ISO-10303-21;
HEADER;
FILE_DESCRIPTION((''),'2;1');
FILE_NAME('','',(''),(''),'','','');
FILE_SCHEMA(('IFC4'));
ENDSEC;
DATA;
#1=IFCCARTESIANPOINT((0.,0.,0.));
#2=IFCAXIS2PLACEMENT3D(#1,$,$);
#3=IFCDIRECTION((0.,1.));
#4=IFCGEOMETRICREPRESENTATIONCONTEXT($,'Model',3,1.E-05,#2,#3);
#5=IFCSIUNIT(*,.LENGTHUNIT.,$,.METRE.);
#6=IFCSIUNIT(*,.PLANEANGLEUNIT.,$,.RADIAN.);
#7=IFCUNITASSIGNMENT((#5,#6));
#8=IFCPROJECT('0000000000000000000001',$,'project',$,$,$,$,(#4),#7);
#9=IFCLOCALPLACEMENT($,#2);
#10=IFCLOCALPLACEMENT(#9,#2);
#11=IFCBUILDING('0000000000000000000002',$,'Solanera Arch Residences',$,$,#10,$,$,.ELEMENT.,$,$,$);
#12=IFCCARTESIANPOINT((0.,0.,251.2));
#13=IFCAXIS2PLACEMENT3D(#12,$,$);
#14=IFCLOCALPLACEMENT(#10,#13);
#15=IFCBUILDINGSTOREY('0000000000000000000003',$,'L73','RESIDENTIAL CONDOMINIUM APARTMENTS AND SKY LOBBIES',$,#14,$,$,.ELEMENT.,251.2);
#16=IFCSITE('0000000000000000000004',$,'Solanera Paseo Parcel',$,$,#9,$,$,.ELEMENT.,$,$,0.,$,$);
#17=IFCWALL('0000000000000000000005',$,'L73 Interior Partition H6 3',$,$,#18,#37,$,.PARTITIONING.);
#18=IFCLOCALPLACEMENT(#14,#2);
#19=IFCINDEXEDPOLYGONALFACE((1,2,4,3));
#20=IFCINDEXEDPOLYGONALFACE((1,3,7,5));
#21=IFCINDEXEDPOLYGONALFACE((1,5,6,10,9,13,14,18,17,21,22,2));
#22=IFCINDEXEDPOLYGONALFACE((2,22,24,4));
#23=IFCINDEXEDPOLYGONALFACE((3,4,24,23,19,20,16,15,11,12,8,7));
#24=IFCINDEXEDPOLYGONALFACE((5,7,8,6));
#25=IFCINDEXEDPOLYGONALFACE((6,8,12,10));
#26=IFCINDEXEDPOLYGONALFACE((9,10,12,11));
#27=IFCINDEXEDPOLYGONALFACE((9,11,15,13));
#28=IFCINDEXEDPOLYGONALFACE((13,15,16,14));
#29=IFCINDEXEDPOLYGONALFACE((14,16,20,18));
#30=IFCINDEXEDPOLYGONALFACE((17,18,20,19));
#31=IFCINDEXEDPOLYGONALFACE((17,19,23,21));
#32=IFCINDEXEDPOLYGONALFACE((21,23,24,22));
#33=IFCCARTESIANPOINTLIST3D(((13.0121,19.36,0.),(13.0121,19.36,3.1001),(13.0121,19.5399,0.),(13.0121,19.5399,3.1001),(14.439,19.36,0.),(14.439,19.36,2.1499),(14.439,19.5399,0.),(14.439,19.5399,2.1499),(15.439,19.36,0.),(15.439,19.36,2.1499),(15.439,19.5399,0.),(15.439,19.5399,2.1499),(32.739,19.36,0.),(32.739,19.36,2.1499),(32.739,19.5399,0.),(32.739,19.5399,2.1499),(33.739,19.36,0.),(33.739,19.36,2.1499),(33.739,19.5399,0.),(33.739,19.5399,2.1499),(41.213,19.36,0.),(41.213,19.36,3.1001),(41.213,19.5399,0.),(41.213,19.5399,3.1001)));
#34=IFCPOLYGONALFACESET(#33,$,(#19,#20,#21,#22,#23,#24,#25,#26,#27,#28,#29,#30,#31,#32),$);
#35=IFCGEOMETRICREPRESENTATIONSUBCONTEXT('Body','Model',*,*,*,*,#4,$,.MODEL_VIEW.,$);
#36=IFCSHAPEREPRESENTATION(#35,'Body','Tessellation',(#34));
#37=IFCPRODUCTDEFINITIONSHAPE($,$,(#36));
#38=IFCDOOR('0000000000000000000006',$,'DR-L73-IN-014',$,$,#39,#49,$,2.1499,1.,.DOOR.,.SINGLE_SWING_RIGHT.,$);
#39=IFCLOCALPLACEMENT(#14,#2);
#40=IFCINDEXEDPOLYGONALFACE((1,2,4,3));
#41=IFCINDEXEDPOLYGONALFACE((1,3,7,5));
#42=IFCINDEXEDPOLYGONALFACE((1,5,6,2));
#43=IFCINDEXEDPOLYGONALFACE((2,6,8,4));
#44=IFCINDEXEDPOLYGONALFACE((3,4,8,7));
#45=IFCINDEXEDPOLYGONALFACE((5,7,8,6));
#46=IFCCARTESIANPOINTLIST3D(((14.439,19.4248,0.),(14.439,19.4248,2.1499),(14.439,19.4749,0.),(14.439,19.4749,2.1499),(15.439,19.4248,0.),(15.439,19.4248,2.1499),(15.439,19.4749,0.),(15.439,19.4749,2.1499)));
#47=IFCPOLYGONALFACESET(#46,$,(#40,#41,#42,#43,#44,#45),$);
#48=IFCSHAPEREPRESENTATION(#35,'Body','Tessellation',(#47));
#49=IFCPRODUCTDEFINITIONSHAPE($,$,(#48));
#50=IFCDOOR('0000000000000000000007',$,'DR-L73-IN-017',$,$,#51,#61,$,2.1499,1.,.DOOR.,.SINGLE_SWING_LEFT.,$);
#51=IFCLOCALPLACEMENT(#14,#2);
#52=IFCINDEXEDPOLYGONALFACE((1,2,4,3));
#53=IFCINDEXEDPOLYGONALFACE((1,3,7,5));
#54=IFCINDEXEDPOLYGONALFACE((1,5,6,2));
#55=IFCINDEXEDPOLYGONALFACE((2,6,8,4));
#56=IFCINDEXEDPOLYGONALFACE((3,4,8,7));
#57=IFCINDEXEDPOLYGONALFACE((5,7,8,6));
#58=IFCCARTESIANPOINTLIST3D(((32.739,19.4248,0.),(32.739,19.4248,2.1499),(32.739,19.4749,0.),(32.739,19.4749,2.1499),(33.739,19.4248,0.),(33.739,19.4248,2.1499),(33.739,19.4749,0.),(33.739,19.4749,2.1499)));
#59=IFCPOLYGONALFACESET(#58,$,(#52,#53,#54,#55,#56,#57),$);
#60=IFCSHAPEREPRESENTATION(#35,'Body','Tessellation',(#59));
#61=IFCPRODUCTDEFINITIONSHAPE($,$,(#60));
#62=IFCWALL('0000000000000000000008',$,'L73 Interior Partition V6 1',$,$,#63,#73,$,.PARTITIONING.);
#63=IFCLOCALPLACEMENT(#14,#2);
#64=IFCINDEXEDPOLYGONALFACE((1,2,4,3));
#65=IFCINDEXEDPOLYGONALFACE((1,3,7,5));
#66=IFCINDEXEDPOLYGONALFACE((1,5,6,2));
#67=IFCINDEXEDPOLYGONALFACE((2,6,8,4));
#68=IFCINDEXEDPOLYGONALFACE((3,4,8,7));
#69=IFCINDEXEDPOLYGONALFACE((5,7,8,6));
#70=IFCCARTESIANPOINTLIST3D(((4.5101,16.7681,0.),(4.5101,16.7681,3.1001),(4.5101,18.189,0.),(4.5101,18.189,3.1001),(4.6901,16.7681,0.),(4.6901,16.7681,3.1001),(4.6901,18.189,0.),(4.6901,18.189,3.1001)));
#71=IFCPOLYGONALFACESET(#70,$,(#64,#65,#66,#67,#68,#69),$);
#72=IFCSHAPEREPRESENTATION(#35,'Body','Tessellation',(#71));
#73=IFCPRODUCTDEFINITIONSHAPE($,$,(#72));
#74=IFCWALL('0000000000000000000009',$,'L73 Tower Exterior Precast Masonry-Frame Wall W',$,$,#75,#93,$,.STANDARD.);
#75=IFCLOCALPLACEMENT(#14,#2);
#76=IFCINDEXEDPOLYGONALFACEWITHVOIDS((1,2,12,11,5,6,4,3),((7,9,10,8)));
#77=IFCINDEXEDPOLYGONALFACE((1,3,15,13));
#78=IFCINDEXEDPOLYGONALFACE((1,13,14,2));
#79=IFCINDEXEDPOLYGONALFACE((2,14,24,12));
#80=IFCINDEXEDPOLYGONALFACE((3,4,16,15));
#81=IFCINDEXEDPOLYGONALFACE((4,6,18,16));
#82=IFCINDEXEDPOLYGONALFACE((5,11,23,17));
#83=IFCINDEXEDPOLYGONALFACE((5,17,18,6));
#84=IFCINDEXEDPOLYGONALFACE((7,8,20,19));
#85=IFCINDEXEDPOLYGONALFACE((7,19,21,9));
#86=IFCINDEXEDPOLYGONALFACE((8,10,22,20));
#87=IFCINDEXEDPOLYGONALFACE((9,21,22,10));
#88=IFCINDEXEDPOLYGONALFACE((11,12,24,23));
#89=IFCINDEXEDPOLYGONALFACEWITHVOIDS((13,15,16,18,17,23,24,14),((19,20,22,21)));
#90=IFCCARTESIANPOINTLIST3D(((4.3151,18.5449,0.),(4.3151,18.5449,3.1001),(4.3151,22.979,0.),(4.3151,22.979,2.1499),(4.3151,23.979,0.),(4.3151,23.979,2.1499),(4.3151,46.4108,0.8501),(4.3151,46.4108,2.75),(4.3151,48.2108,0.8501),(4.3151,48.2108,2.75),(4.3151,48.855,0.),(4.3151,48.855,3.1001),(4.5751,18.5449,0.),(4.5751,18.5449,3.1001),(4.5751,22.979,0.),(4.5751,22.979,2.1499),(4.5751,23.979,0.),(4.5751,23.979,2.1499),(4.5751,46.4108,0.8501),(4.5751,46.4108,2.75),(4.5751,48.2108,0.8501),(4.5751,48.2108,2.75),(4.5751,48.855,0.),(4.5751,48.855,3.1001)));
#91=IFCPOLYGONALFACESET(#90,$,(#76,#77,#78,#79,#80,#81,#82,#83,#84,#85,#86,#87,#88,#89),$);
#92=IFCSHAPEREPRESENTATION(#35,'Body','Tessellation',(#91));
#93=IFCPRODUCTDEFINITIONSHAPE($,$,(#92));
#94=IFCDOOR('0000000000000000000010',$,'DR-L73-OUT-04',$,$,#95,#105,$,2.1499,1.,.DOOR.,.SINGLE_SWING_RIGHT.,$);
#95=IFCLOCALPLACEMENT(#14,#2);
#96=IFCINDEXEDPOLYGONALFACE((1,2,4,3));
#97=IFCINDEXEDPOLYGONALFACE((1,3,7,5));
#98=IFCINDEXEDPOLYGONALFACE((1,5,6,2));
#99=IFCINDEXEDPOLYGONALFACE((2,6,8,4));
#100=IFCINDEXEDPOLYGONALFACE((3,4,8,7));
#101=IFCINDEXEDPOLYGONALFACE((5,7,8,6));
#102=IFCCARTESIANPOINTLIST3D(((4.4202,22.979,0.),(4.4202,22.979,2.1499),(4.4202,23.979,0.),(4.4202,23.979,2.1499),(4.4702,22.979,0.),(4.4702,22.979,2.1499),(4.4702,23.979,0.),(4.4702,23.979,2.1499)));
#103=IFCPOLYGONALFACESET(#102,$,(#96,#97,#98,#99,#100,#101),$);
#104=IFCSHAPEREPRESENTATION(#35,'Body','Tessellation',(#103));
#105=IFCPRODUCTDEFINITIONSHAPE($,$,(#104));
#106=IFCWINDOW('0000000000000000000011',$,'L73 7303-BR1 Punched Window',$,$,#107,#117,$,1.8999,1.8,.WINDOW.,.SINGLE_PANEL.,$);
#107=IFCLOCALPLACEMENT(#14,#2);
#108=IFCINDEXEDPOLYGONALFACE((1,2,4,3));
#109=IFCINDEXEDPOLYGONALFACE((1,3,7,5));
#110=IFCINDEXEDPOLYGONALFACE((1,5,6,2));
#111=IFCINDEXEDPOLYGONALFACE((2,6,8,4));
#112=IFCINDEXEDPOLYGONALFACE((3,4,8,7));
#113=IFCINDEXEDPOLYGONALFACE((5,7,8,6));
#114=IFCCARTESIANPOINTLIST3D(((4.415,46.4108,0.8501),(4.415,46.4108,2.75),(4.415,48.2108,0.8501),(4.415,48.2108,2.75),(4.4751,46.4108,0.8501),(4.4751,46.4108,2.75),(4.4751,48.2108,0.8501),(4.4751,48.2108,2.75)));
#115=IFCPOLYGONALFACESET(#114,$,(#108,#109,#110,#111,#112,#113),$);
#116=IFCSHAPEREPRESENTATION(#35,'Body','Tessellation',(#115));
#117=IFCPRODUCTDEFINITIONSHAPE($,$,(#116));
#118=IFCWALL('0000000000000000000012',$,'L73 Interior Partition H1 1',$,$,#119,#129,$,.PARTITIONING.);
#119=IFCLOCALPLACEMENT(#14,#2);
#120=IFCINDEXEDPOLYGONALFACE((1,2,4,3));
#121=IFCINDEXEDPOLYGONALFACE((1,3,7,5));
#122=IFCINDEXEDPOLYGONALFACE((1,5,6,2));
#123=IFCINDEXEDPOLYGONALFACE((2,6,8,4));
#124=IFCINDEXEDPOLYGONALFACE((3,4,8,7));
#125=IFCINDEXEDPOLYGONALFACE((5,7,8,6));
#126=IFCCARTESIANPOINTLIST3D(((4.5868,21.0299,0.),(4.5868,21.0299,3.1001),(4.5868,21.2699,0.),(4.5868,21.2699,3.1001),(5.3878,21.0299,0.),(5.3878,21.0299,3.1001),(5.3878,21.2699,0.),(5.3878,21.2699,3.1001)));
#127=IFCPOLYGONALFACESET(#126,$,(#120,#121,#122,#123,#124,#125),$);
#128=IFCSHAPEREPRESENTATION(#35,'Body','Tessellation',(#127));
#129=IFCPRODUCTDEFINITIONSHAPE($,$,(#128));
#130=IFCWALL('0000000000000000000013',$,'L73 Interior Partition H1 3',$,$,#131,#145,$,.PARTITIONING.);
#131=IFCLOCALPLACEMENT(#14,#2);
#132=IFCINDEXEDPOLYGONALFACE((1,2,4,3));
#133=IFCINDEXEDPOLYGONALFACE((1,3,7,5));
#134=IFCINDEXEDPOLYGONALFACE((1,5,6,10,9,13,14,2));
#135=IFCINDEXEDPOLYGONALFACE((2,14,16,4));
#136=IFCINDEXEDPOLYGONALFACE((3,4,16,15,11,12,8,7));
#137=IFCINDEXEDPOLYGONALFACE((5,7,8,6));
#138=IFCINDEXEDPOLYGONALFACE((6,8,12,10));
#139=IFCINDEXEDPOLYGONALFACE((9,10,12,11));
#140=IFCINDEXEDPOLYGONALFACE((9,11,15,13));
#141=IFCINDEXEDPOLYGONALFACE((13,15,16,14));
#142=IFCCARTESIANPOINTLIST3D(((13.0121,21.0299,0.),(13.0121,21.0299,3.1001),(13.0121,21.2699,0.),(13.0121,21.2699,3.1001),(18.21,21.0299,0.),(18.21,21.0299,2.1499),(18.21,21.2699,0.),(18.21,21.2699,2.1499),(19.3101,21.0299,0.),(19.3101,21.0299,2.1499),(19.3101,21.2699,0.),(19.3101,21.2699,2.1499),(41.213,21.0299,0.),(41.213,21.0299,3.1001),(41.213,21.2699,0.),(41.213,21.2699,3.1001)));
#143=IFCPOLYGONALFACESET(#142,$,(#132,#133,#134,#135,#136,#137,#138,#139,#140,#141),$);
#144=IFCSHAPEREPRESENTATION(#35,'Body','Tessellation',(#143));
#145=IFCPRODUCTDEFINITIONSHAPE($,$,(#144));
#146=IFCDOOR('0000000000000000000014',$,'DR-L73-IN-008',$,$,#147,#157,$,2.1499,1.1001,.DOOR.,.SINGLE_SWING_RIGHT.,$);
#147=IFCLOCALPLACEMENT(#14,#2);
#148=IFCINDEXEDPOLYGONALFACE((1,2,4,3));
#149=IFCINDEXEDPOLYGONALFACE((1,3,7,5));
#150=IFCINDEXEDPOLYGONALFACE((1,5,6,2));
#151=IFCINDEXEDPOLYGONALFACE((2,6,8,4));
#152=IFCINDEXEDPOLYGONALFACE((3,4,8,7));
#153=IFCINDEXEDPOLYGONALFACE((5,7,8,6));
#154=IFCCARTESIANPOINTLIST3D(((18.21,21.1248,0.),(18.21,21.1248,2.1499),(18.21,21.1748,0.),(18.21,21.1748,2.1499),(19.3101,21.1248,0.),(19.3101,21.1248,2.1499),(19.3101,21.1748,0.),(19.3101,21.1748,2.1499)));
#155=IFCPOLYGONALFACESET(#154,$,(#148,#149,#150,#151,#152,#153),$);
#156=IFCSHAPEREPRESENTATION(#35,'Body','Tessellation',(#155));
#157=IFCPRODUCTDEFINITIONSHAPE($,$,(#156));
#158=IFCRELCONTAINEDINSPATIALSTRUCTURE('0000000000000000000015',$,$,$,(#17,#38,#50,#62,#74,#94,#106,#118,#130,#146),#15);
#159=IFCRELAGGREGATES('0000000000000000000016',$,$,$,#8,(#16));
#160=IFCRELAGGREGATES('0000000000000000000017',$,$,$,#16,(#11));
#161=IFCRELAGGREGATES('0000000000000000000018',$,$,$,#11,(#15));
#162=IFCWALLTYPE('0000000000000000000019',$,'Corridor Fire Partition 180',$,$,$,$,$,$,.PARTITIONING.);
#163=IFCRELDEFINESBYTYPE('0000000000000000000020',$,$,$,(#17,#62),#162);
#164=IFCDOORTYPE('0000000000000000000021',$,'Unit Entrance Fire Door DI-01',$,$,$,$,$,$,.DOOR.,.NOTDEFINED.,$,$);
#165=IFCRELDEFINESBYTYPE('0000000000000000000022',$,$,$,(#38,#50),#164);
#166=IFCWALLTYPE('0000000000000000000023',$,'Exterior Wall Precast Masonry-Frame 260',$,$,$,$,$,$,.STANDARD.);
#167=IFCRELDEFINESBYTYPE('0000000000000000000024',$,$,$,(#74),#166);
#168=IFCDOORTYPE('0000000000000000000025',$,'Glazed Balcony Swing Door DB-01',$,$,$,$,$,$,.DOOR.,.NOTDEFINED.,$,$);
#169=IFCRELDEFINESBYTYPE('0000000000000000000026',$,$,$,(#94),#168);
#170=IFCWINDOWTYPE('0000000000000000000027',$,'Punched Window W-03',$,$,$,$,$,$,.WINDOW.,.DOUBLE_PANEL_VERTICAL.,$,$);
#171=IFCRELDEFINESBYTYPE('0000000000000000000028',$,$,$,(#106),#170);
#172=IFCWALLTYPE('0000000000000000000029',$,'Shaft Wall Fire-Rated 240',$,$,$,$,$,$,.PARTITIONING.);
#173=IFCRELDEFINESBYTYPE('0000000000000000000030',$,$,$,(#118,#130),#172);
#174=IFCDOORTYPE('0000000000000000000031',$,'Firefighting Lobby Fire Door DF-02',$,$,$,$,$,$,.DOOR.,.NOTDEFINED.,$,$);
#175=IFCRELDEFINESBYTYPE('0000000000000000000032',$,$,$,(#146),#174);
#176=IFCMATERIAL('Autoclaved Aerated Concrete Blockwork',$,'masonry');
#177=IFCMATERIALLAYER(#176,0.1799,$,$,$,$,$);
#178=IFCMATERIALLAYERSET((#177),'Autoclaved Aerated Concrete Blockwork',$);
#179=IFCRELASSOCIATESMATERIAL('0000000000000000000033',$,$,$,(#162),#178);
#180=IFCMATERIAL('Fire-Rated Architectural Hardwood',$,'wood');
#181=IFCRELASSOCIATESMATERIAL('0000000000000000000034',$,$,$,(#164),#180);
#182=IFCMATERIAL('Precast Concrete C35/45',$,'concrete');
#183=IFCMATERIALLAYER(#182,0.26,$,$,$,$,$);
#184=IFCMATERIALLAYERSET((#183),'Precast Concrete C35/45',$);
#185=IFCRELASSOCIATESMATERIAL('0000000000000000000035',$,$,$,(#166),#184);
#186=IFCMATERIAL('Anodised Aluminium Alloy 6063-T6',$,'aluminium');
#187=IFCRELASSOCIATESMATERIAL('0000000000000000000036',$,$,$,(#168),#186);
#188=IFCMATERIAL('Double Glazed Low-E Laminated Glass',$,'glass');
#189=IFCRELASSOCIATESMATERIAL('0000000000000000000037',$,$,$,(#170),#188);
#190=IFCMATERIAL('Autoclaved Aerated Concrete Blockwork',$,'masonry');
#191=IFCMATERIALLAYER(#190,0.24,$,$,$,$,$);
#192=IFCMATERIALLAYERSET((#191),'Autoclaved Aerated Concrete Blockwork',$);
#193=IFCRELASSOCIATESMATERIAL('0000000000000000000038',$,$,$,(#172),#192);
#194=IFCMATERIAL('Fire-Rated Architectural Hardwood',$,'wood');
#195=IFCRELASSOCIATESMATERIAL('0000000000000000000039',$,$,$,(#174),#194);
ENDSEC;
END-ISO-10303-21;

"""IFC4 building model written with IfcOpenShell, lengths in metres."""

from ifc_helpers import new_model, si_unit, direction, frame, frame_2d, origin, place, context, subcontext, project, spatial, rectangle, extrude, material, layer, layer_set, type_object, element, fill, save


model = new_model("IFC4")

# Units and contexts
model_context = context("Model", 3, precision=1e-05, world=origin(), true_north=direction((0.0, 1.0)))
body_context = subcontext(model_context, "Body", "Model", "MODEL_VIEW")
ifc_project = project(units=[si_unit("LENGTHUNIT", "METRE"), si_unit("PLANEANGLEUNIT", "RADIAN")], contexts=[model_context])

# Site, building, storey
site_placement = place(None, origin())
site = spatial("IfcSite", under=ifc_project, at=site_placement, Name="Solanera Paseo Parcel", CompositionType="ELEMENT", RefElevation=0.0)
building_placement = place(site_placement, origin())
building = spatial("IfcBuilding", under=site, at=building_placement, Name="Solanera Arch Residences", CompositionType="ELEMENT")
storey_placement = place(building_placement, frame((0.0, 0.0, 251.2)))
storey = spatial("IfcBuildingStorey", under=building, at=storey_placement, Name="L73", Description="RESIDENTIAL CONDOMINIUM APARTMENTS AND SKY LOBBIES", CompositionType="ELEMENT", Elevation=251.2)

# Shared definitions
ifc_material_1 = material(Name="Autoclaved Aerated Concrete Blockwork", Category="masonry")
ifc_layer_1 = layer(ifc_material_1, 0.1799)
ifc_layer_set_1 = layer_set([ifc_layer_1], Name="Autoclaved Aerated Concrete Blockwork")
wall_type_1 = type_object("IfcWallType", Name="Corridor Fire Partition 180", PredefinedType="PARTITIONING", material=ifc_layer_set_1)

# Wall, openings, doors
wall_1_placement = place(storey_placement, frame((13.012, 19.45, 0.0), z_axis=(0.0, 0.0, 1.0), x_axis=(1.0, 0.0, 0.0)))
wall_1 = element("IfcWall", 1, at=wall_1_placement, inside=storey, type_object=wall_type_1, Name="L73 Interior Partition H6 3", PredefinedType="PARTITIONING", context=body_context, shape_type="SweptSolid", body=[
    extrude(rectangle(XDim=28.2009, YDim=0.1799, at=frame_2d((14.1006, 0.0))), origin(), (0.0, 0.0, 1.0), 3.1001),
])
opening_1_placement = place(wall_1_placement, frame((1.427, 0.0, 0.0)))
opening_1 = element("IfcOpeningElement", 2, at=opening_1_placement, cuts=wall_1, PredefinedType="OPENING", context=body_context, shape_type="SweptSolid", body=[
    extrude(rectangle(XDim=1.0, YDim=2.1499, at=frame_2d((0.5, 1.075))), frame((0.0, 0.1001, 0.0), z_axis=(0.0, -1.0, 0.0), x_axis=(1.0, 0.0, 0.0)), (0.0, 0.0, 1.0), 0.1999),
])
opening_2_placement = place(wall_1_placement, frame((19.7271, 0.0, 0.0)))
opening_2 = element("IfcOpeningElement", 3, at=opening_2_placement, cuts=wall_1, PredefinedType="OPENING", context=body_context, shape_type="SweptSolid", body=[
    extrude(rectangle(XDim=1.0, YDim=2.1499, at=frame_2d((0.5, 1.075))), frame((0.0, 0.1001, 0.0), z_axis=(0.0, -1.0, 0.0), x_axis=(1.0, 0.0, 0.0)), (0.0, 0.0, 1.0), 0.1999),
])
ifc_material_2 = material(Name="Fire-Rated Architectural Hardwood", Category="wood")
door_type_1 = type_object("IfcDoorType", Name="Unit Entrance Fire Door DI-01", OperationType="NOTDEFINED", PredefinedType="DOOR", material=ifc_material_2)
door_1_placement = place(opening_1_placement, origin())
door_1 = element("IfcDoor", 4, at=door_1_placement, inside=storey, type_object=door_type_1, Name="DR-L73-IN-014", OperationType="SINGLE_SWING_RIGHT", OverallHeight=2.1499, OverallWidth=1.0, PredefinedType="DOOR", context=body_context, shape_type="SweptSolid", body=[
    extrude(rectangle(XDim=1.0, YDim=2.1499, at=frame_2d((0.5, 1.075))), frame((0.0, 0.0249, 0.0), z_axis=(0.0, -1.0, 0.0), x_axis=(1.0, 0.0, 0.0)), (0.0, 0.0, 1.0), 0.05),
])
fill(opening_1, door_1)
door_2_placement = place(opening_2_placement, origin())
door_2 = element("IfcDoor", 5, at=door_2_placement, inside=storey, type_object=door_type_1, Name="DR-L73-IN-017", OperationType="SINGLE_SWING_LEFT", OverallHeight=2.1499, OverallWidth=1.0, PredefinedType="DOOR", context=body_context, shape_type="SweptSolid", body=[
    extrude(rectangle(XDim=1.0, YDim=2.1499, at=frame_2d((0.5, 1.075))), frame((0.0, 0.0249, 0.0), z_axis=(0.0, -1.0, 0.0), x_axis=(1.0, 0.0, 0.0)), (0.0, 0.0, 1.0), 0.05),
])
fill(opening_2, door_2)

# Wall
wall_2_placement = place(storey_placement, frame((4.6001, 16.7681, 0.0), z_axis=(0.0, 0.0, 1.0), x_axis=(0.0, 1.0, 0.0)))
element("IfcWall", 6, at=wall_2_placement, inside=storey, type_object=wall_type_1, Name="L73 Interior Partition V6 1", PredefinedType="PARTITIONING", context=body_context, shape_type="SweptSolid", body=[
    extrude(rectangle(XDim=1.4209, YDim=0.1799, at=frame_2d((0.7104, 0.0))), origin(), (0.0, 0.0, 1.0), 3.1001),
])

# Wall, openings, door, window
ifc_material_3 = material(Name="Precast Concrete C35/45", Category="concrete")
ifc_layer_2 = layer(ifc_material_3, 0.26)
ifc_layer_set_2 = layer_set([ifc_layer_2], Name="Precast Concrete C35/45")
wall_type_2 = type_object("IfcWallType", Name="Exterior Wall Precast Masonry-Frame 260", PredefinedType="STANDARD", material=ifc_layer_set_2)
wall_3_placement = place(storey_placement, frame((4.4451, 18.5449, 0.0), z_axis=(0.0, 0.0, 1.0), x_axis=(0.0, 1.0, 0.0)))
wall_3 = element("IfcWall", 7, at=wall_3_placement, inside=storey, type_object=wall_type_2, Name="L73 Tower Exterior Precast Masonry-Frame Wall W", PredefinedType="STANDARD", context=body_context, shape_type="SweptSolid", body=[
    extrude(rectangle(XDim=30.3101, YDim=0.26, at=frame_2d((15.155, 0.0))), origin(), (0.0, 0.0, 1.0), 3.1001),
])
opening_3_placement = place(wall_3_placement, frame((4.4341, 0.0, 0.0)))
opening_3 = element("IfcOpeningElement", 8, at=opening_3_placement, cuts=wall_3, PredefinedType="OPENING", context=body_context, shape_type="SweptSolid", body=[
    extrude(rectangle(XDim=1.0, YDim=2.1499, at=frame_2d((0.5, 1.075))), frame((0.0, 0.1399, 0.0), z_axis=(0.0, -1.0, 0.0), x_axis=(1.0, 0.0, 0.0)), (0.0, 0.0, 1.0), 0.28),
])
opening_4_placement = place(wall_3_placement, frame((27.866, 0.0, 0.8501)))
opening_4 = element("IfcOpeningElement", 9, at=opening_4_placement, cuts=wall_3, PredefinedType="OPENING", context=body_context, shape_type="SweptSolid", body=[
    extrude(rectangle(XDim=1.8, YDim=1.8999, at=frame_2d((0.8999, 0.95))), frame((0.0, 0.1399, 0.0), z_axis=(0.0, -1.0, 0.0), x_axis=(1.0, 0.0, 0.0)), (0.0, 0.0, 1.0), 0.28),
])
ifc_material_4 = material(Name="Anodised Aluminium Alloy 6063-T6", Category="aluminium")
door_type_2 = type_object("IfcDoorType", Name="Glazed Balcony Swing Door DB-01", OperationType="NOTDEFINED", PredefinedType="DOOR", material=ifc_material_4)
door_3_placement = place(opening_3_placement, origin())
door_3 = element("IfcDoor", 10, at=door_3_placement, inside=storey, type_object=door_type_2, Name="DR-L73-OUT-04", OperationType="SINGLE_SWING_RIGHT", OverallHeight=2.1499, OverallWidth=1.0, PredefinedType="DOOR", context=body_context, shape_type="SweptSolid", body=[
    extrude(rectangle(XDim=1.0, YDim=2.1499, at=frame_2d((0.5, 1.075))), frame((0.0, 0.0249, 0.0), z_axis=(0.0, -1.0, 0.0), x_axis=(1.0, 0.0, 0.0)), (0.0, 0.0, 1.0), 0.05),
])
fill(opening_3, door_3)
ifc_material_5 = material(Name="Double Glazed Low-E Laminated Glass", Category="glass")
window_type = type_object("IfcWindowType", Name="Punched Window W-03", PartitioningType="DOUBLE_PANEL_VERTICAL", PredefinedType="WINDOW", material=ifc_material_5)
window_placement = place(opening_4_placement, origin())
window = element("IfcWindow", 11, at=window_placement, inside=storey, type_object=window_type, Name="L73 7303-BR1 Punched Window", OverallHeight=1.8999, OverallWidth=1.8, PartitioningType="SINGLE_PANEL", PredefinedType="WINDOW", context=body_context, shape_type="SweptSolid", body=[
    extrude(rectangle(XDim=1.8, YDim=1.8999, at=frame_2d((0.8999, 0.95))), frame((0.0, 0.03, 0.0), z_axis=(0.0, -1.0, 0.0), x_axis=(1.0, 0.0, 0.0)), (0.0, 0.0, 1.0), 0.0601),
])
fill(opening_4, window)

# Wall
ifc_material_6 = material(Name="Autoclaved Aerated Concrete Blockwork", Category="masonry")
ifc_layer_3 = layer(ifc_material_6, 0.24)
ifc_layer_set_3 = layer_set([ifc_layer_3], Name="Autoclaved Aerated Concrete Blockwork")
wall_type_3 = type_object("IfcWallType", Name="Shaft Wall Fire-Rated 240", PredefinedType="PARTITIONING", material=ifc_layer_set_3)
wall_4_placement = place(storey_placement, frame((4.5869, 21.1499, 0.0), z_axis=(0.0, 0.0, 1.0), x_axis=(1.0, 0.0, 0.0)))
element("IfcWall", 12, at=wall_4_placement, inside=storey, type_object=wall_type_3, Name="L73 Interior Partition H1 1", PredefinedType="PARTITIONING", context=body_context, shape_type="SweptSolid", body=[
    extrude(rectangle(XDim=0.801, YDim=0.24, at=frame_2d((0.4004, 0.0))), origin(), (0.0, 0.0, 1.0), 3.1001),
])

# Wall, opening, door
wall_5_placement = place(storey_placement, frame((13.012, 21.1499, 0.0), z_axis=(0.0, 0.0, 1.0), x_axis=(1.0, 0.0, 0.0)))
wall_5 = element("IfcWall", 13, at=wall_5_placement, inside=storey, type_object=wall_type_3, Name="L73 Interior Partition H1 3", PredefinedType="PARTITIONING", context=body_context, shape_type="SweptSolid", body=[
    extrude(rectangle(XDim=28.2009, YDim=0.24, at=frame_2d((14.1006, 0.0))), origin(), (0.0, 0.0, 1.0), 3.1001),
])
opening_5_placement = place(wall_5_placement, frame((5.198, 0.0, 0.0)))
opening_5 = element("IfcOpeningElement", 14, at=opening_5_placement, cuts=wall_5, PredefinedType="OPENING", context=body_context, shape_type="SweptSolid", body=[
    extrude(rectangle(XDim=1.1001, YDim=2.1499, at=frame_2d((0.55, 1.075))), frame((0.0, 0.1299, 0.0), z_axis=(0.0, -1.0, 0.0), x_axis=(1.0, 0.0, 0.0)), (0.0, 0.0, 1.0), 0.26),
])
ifc_material_7 = material(Name="Fire-Rated Architectural Hardwood", Category="wood")
door_type_3 = type_object("IfcDoorType", Name="Firefighting Lobby Fire Door DF-02", OperationType="NOTDEFINED", PredefinedType="DOOR", material=ifc_material_7)
door_4_placement = place(opening_5_placement, origin())
door_4 = element("IfcDoor", 15, at=door_4_placement, inside=storey, type_object=door_type_3, Name="DR-L73-IN-008", OperationType="SINGLE_SWING_RIGHT", OverallHeight=2.1499, OverallWidth=1.1001, PredefinedType="DOOR", context=body_context, shape_type="SweptSolid", body=[
    extrude(rectangle(XDim=1.1001, YDim=2.1499, at=frame_2d((0.55, 1.075))), frame((0.0, 0.0249, 0.0), z_axis=(0.0, -1.0, 0.0), x_axis=(1.0, 0.0, 0.0)), (0.0, 0.0, 1.0), 0.05),
])
fill(opening_5, door_4)

save(model, "model.ifc")
